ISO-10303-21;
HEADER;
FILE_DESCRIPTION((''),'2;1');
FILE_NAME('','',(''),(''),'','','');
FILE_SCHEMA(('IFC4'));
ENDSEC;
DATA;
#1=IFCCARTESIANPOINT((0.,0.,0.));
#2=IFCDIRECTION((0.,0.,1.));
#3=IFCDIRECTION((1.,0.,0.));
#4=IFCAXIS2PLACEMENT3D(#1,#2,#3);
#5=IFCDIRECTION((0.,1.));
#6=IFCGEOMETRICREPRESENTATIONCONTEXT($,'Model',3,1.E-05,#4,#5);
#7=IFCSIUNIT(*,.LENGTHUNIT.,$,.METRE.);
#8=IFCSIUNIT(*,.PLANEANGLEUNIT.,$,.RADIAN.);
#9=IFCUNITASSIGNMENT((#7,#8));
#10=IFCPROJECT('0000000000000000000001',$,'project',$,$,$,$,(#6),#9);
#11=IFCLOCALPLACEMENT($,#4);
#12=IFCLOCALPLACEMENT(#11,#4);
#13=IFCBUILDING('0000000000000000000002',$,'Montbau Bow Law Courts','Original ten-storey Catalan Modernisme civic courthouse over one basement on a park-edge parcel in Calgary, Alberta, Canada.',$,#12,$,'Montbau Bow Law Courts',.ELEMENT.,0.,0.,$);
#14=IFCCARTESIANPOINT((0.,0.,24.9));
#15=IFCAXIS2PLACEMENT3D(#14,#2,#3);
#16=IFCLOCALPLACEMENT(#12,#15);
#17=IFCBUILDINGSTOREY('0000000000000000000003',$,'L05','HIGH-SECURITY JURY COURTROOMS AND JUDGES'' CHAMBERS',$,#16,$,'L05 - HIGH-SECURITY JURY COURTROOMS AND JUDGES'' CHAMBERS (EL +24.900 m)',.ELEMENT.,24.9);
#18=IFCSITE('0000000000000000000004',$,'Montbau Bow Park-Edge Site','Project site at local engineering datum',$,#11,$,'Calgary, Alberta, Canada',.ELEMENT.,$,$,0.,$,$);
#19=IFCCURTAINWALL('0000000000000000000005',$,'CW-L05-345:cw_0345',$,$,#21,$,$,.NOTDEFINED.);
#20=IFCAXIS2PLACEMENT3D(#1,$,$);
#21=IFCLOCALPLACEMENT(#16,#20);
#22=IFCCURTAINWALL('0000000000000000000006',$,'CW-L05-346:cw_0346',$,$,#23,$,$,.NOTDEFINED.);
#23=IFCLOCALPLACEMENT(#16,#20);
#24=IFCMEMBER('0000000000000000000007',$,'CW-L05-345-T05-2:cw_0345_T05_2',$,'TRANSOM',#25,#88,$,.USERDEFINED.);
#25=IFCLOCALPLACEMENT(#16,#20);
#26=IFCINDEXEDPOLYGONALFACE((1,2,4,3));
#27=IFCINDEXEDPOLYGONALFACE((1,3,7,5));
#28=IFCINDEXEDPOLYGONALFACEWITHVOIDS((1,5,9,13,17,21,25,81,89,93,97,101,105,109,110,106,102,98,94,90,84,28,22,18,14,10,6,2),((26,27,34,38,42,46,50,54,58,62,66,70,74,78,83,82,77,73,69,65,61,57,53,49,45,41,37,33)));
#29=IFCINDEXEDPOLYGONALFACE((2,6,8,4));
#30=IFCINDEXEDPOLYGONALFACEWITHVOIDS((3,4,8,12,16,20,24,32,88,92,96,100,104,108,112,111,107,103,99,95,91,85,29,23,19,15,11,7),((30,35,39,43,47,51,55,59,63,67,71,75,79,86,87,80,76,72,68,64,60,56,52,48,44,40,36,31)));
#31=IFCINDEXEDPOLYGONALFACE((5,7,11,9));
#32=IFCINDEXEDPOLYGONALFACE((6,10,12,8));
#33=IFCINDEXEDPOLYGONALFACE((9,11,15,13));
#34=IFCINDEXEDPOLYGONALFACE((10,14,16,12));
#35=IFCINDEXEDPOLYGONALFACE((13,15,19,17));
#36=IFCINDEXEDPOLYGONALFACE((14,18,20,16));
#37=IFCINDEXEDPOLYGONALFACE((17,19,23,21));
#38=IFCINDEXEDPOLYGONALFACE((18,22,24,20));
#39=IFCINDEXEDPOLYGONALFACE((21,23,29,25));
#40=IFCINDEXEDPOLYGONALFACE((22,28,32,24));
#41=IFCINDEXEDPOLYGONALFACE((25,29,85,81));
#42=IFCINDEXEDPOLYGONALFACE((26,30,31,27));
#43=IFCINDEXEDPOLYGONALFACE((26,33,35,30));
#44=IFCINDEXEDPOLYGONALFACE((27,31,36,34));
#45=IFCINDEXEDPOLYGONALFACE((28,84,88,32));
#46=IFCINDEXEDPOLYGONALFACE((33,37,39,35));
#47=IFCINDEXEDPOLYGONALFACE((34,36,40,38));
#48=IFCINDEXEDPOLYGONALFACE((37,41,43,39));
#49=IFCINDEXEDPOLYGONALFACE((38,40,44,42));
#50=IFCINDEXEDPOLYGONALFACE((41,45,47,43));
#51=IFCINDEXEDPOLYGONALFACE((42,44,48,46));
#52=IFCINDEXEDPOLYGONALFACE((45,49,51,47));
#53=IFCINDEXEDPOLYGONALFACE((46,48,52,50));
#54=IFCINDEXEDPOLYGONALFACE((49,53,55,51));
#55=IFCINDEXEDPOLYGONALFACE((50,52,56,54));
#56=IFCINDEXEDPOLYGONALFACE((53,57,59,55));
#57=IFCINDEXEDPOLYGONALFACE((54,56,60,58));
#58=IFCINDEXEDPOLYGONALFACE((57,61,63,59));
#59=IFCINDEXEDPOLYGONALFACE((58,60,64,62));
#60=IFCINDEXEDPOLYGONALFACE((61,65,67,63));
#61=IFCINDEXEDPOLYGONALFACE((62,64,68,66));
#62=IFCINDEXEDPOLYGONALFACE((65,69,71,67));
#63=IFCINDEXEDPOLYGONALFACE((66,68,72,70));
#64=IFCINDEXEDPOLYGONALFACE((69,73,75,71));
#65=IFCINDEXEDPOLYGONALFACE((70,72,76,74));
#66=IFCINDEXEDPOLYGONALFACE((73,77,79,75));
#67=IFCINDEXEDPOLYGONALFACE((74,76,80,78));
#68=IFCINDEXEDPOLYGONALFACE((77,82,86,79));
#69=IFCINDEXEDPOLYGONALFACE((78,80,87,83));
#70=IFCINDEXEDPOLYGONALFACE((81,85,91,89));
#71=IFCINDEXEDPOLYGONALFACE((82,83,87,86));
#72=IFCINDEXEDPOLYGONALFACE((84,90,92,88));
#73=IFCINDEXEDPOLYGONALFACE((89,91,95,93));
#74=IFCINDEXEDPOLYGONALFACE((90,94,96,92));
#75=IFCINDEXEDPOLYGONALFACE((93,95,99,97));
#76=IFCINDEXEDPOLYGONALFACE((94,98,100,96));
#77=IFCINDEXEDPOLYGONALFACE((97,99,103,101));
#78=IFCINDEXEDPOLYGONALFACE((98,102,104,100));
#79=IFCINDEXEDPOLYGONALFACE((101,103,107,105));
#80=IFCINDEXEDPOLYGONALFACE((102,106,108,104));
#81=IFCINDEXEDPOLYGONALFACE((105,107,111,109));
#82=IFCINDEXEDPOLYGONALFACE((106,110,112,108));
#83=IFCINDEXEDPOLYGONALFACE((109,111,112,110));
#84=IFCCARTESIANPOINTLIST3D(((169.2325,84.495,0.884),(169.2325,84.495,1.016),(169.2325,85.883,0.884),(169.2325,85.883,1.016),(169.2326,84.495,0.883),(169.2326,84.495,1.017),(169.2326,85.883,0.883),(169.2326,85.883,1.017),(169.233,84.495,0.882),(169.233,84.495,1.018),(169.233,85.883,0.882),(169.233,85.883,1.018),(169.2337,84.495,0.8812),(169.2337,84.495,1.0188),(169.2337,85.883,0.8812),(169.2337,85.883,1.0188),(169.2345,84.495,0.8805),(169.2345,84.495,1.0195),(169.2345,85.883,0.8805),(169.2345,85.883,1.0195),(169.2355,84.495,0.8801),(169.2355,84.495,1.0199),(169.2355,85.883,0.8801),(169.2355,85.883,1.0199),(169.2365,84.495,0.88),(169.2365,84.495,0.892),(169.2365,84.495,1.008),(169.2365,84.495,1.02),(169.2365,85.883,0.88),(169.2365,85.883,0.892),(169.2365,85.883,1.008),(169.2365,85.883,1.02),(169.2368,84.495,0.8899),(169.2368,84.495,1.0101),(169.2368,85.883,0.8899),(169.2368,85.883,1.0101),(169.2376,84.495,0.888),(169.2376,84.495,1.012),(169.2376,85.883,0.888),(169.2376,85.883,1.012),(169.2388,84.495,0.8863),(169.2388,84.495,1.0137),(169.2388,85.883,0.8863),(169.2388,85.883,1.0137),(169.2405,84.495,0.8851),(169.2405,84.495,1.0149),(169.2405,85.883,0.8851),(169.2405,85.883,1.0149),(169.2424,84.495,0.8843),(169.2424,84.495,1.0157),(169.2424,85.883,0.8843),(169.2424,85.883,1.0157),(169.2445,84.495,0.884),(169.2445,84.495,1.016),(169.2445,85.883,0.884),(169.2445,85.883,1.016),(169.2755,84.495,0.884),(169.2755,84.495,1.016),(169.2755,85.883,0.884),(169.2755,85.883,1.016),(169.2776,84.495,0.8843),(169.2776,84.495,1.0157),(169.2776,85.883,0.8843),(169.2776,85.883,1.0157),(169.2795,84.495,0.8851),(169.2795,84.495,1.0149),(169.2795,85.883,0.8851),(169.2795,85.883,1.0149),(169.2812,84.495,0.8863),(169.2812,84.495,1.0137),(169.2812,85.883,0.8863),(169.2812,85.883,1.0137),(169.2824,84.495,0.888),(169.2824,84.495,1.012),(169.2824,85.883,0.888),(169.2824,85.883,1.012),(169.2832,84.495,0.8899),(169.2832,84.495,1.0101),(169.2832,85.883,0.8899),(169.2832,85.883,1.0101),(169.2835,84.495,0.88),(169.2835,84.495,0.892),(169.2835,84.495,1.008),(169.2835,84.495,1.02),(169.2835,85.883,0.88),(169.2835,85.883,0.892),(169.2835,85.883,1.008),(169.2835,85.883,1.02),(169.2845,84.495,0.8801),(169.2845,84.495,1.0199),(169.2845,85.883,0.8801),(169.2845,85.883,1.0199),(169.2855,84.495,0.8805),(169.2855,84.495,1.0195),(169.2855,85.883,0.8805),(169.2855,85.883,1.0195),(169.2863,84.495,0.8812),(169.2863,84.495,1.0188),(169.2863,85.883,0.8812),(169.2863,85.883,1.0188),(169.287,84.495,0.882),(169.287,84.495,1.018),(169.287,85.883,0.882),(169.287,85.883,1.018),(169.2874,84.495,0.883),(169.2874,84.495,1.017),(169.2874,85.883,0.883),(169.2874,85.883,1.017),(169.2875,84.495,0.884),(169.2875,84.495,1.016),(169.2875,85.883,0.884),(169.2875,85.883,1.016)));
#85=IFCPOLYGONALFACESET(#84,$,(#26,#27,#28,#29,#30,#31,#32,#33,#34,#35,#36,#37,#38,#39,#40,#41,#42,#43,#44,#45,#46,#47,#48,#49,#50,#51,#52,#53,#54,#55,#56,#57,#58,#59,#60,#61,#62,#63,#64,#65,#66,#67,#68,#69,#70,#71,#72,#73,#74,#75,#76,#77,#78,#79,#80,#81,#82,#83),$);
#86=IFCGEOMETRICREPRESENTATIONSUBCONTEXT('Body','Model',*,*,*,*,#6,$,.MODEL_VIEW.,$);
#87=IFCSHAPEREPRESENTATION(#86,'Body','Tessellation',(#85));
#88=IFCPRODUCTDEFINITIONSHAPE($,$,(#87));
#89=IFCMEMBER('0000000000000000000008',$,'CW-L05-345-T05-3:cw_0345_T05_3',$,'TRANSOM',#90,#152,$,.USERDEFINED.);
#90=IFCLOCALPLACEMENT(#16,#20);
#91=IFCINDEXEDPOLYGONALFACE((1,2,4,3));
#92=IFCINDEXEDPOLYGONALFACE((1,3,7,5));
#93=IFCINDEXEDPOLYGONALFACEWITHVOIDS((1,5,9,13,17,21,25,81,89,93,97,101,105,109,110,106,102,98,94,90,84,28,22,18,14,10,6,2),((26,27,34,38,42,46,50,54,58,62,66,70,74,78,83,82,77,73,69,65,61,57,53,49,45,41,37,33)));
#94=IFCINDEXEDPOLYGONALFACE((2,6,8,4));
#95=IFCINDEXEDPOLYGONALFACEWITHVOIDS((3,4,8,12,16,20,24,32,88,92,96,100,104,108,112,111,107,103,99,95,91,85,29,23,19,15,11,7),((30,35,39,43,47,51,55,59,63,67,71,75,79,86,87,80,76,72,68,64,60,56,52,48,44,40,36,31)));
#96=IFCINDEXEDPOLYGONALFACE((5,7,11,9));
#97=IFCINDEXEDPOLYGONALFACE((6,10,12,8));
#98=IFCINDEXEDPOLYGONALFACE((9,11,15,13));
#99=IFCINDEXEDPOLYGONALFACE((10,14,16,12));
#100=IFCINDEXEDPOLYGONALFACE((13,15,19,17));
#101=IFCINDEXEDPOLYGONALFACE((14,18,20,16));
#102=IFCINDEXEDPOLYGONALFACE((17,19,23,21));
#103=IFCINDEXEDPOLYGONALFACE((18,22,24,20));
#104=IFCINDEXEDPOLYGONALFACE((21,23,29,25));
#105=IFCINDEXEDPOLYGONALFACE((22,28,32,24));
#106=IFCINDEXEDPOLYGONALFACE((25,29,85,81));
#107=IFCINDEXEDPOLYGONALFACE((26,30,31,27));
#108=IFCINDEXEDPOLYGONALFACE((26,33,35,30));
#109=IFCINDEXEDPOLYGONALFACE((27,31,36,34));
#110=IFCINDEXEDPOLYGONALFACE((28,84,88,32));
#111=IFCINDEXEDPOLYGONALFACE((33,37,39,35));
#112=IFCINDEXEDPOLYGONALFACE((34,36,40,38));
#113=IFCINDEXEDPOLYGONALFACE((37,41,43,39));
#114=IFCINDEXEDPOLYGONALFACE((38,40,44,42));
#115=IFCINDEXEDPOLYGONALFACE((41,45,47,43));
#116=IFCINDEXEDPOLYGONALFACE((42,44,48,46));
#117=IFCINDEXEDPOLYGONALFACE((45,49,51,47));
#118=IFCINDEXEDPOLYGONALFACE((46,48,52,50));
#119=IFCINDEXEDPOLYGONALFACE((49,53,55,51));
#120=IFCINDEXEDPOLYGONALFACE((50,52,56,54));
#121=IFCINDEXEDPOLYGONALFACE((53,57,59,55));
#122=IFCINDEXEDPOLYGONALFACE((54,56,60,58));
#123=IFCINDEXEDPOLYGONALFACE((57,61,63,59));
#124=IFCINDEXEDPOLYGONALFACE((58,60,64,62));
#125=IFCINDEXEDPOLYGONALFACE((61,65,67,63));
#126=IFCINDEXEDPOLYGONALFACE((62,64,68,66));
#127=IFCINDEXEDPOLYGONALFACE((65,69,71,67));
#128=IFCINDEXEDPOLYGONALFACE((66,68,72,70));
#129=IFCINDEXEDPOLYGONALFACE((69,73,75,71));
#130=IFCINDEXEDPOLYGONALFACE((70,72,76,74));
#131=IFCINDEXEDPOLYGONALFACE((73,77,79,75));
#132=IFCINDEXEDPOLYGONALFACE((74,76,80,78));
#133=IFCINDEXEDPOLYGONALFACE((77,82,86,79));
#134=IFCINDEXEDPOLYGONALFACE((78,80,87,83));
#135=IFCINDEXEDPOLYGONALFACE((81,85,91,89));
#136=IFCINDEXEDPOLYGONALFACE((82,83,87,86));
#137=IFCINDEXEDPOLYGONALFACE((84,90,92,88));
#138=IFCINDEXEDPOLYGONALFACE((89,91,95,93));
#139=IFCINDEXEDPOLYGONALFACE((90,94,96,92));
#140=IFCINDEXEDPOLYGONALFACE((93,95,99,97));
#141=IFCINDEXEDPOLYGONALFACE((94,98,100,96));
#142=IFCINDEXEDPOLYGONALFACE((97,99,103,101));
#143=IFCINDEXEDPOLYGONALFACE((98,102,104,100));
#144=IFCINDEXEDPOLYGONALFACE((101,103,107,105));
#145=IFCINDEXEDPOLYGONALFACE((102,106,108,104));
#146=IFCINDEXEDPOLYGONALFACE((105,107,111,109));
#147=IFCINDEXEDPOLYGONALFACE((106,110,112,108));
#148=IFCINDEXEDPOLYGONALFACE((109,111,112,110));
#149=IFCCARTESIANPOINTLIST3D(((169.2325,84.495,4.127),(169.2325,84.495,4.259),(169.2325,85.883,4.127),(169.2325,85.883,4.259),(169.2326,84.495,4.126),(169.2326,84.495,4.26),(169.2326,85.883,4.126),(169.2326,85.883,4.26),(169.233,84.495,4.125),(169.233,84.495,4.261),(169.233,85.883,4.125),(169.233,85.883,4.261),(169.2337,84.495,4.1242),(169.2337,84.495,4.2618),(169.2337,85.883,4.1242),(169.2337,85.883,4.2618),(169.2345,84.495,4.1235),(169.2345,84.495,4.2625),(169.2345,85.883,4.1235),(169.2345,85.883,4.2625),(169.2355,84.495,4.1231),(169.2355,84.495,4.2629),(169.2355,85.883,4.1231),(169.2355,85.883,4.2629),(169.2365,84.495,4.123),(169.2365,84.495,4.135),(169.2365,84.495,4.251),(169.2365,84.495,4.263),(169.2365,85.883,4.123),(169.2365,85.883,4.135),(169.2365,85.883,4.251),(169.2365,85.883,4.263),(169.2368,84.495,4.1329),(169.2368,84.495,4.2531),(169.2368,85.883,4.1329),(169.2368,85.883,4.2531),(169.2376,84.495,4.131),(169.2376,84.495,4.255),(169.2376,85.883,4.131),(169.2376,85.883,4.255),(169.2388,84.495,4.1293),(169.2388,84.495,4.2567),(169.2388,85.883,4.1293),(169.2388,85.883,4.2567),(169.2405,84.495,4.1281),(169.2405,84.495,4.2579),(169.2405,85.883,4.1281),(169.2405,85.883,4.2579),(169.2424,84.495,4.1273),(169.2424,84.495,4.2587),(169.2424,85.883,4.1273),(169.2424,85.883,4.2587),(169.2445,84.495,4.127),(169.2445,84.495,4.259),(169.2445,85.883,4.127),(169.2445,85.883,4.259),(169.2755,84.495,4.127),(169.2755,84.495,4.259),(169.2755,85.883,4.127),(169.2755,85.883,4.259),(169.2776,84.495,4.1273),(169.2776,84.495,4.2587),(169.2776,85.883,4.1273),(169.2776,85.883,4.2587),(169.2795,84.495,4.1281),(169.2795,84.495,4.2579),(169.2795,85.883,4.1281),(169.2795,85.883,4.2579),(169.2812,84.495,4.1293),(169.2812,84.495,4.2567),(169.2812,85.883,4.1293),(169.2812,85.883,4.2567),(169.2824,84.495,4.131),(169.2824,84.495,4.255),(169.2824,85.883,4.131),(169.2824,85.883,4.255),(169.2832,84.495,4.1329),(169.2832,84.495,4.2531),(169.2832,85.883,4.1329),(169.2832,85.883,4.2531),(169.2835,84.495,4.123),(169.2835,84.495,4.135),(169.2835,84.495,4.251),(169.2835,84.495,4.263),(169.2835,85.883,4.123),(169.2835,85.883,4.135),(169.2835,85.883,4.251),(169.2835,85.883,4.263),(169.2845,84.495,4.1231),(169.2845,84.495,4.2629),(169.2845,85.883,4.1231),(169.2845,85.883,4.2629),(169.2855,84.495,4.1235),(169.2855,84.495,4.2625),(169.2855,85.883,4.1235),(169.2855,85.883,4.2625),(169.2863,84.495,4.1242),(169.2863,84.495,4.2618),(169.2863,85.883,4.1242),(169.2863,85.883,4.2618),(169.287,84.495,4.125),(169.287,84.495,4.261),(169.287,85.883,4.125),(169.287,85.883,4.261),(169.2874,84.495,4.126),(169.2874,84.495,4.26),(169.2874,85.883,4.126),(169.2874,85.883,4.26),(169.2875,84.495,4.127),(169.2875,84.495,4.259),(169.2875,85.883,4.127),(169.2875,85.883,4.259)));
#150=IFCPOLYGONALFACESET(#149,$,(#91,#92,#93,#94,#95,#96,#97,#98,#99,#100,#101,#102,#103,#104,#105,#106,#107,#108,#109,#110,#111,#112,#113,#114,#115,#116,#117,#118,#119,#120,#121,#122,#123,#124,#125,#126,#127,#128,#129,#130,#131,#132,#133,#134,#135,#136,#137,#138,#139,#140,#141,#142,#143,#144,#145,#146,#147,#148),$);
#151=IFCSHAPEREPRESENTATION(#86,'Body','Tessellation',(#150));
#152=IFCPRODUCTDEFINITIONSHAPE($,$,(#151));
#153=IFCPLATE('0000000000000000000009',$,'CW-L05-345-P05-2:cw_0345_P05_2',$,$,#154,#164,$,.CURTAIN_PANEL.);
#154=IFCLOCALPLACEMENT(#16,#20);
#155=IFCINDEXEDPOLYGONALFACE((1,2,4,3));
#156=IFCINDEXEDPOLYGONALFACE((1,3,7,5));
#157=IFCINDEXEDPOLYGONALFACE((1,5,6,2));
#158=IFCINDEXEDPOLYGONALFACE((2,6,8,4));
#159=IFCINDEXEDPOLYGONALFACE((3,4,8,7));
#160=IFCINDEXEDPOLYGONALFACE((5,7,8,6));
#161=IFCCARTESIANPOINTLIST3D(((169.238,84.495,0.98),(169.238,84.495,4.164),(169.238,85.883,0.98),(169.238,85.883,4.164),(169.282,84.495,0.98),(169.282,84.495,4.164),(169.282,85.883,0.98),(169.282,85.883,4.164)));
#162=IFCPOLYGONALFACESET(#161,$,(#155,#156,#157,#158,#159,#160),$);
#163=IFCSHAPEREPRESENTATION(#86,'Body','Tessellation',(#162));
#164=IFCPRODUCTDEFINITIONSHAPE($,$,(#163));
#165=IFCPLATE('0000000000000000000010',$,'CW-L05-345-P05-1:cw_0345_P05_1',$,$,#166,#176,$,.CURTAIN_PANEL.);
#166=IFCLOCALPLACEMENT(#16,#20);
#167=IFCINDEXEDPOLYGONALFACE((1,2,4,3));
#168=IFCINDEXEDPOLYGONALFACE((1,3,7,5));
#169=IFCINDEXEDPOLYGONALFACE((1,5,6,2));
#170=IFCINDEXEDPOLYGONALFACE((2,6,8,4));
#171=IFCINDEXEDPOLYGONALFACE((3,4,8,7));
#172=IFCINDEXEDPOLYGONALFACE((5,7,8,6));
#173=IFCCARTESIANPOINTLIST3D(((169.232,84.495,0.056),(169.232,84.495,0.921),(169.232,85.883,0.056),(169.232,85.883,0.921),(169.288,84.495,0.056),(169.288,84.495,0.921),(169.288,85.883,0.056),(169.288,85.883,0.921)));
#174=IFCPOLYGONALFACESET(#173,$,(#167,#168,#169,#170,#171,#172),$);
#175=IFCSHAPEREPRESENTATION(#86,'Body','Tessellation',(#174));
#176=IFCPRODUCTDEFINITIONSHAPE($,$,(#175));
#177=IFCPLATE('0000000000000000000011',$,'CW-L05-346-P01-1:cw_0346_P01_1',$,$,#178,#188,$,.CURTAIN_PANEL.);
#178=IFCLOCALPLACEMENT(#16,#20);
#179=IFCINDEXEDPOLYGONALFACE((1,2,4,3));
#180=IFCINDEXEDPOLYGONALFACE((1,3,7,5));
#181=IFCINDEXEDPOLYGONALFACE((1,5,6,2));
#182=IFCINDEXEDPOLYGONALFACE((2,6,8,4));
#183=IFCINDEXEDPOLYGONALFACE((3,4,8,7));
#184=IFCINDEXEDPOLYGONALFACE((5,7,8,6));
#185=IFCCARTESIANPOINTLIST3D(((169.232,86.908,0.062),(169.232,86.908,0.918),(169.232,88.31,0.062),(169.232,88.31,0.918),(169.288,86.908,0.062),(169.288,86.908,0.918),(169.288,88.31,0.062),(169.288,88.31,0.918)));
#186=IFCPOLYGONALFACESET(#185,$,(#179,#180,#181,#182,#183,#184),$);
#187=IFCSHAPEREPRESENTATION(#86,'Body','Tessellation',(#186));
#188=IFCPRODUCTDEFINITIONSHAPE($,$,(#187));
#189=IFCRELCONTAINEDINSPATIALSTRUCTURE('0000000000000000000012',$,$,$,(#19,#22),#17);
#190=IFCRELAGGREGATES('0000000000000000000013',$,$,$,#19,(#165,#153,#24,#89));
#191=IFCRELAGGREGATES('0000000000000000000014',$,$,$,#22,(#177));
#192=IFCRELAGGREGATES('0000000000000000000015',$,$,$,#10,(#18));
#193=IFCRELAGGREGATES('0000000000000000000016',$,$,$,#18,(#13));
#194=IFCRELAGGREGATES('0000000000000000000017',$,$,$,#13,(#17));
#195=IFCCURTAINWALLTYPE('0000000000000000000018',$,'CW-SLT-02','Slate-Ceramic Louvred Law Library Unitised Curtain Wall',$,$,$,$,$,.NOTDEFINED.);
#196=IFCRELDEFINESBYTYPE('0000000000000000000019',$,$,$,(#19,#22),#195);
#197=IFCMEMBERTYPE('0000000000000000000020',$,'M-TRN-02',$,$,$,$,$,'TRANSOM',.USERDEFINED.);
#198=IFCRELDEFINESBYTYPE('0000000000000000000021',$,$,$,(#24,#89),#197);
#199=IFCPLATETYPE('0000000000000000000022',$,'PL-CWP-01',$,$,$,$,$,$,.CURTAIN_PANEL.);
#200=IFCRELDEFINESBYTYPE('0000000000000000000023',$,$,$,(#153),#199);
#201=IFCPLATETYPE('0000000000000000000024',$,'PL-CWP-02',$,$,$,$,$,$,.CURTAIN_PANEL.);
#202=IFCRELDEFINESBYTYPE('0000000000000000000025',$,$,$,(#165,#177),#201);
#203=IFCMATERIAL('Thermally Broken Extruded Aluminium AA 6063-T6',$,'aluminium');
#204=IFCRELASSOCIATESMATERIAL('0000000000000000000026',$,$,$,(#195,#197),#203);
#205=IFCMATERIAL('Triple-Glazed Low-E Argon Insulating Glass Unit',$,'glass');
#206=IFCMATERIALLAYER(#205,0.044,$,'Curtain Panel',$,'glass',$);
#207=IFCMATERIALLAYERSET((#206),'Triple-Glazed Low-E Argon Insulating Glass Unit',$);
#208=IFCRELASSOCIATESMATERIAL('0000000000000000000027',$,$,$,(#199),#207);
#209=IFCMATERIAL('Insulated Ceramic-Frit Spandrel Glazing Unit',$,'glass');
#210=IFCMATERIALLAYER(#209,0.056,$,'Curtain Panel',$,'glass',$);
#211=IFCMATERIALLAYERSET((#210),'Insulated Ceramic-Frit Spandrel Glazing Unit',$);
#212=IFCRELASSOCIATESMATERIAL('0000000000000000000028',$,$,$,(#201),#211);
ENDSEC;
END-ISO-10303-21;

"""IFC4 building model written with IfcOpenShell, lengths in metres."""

from ifc_helpers import new_model, si_unit, direction, frame, frame_2d, origin_with_axes, origin_2d_with_axis, place, context, subcontext, project, spatial, rectangle, hollow_rectangle, extrude, material, layer, layer_set, material_profile, profile_set, type_object, element, aggregate, save


model = new_model("IFC4")

# Units and contexts
model_context = context("Model", 3, precision=1e-05, world=origin_with_axes(), true_north=direction((0.0, 1.0)))
body_context = subcontext(model_context, "Body", "Model", "MODEL_VIEW")
ifc_project = project(units=[si_unit("LENGTHUNIT", "METRE"), si_unit("PLANEANGLEUNIT", "RADIAN")], contexts=[model_context])

# Site, building, storey
site_placement = place(None, origin_with_axes())
site = spatial("IfcSite", under=ifc_project, at=site_placement, Name="Montbau Bow Park-Edge Site", Description="Project site at local engineering datum", LongName="Calgary, Alberta, Canada", CompositionType="ELEMENT", RefElevation=0.0)
building_placement = place(site_placement, origin_with_axes())
building = spatial("IfcBuilding", under=site, at=building_placement, Name="Montbau Bow Law Courts", Description="Original ten-storey Catalan Modernisme civic courthouse over one basement on a park-edge parcel in Calgary, Alberta, Canada.", LongName="Montbau Bow Law Courts", CompositionType="ELEMENT", ElevationOfRefHeight=0.0, ElevationOfTerrain=0.0)
storey_placement = place(building_placement, frame((0.0, 0.0, 24.9), z_axis=(0.0, 0.0, 1.0), x_axis=(1.0, 0.0, 0.0)))
storey = spatial("IfcBuildingStorey", under=building, at=storey_placement, Name="L05", Description="HIGH-SECURITY JURY COURTROOMS AND JUDGES' CHAMBERS", LongName="L05 - HIGH-SECURITY JURY COURTROOMS AND JUDGES' CHAMBERS (EL +24.900 m)", CompositionType="ELEMENT", Elevation=24.9)

# Curtain wall
ifc_material_1 = material(Name="Thermally Broken Extruded Aluminium AA 6063-T6", Category="aluminium")
curtain_wall_type = type_object("IfcCurtainWallType", Name="CW-SLT-02", Description="Slate-Ceramic Louvred Law Library Unitised Curtain Wall", PredefinedType="NOTDEFINED", material=ifc_material_1)
curtain_wall_1_placement = place(None, frame((169.26, 78.44, 24.9), z_axis=(0.0, 0.0, 1.0), x_axis=(1.0, 0.0, 0.0)))
curtain_wall_1 = element("IfcCurtainWall", 1, at=curtain_wall_1_placement, inside=storey, type_object=curtain_wall_type, Name="CW-L05-345:cw_0345", PredefinedType="NOTDEFINED")

# Curtain wall
curtain_wall_2_placement = place(None, frame((169.26, 86.84, 24.9), z_axis=(0.0, 0.0, 1.0), x_axis=(1.0, 0.0, 0.0)))
curtain_wall_2 = element("IfcCurtainWall", 2, at=curtain_wall_2_placement, inside=storey, type_object=curtain_wall_type, Name="CW-L05-346:cw_0346", PredefinedType="NOTDEFINED")

# Members
ifc_material_profile_1 = material_profile(ifc_material_1, hollow_rectangle(XDim=0.055, YDim=0.14, WallThickness=0.004, InnerFilletRadius=0.008, OuterFilletRadius=0.004, at=origin_2d_with_axis()), Name="CWT-140X55", Category="Main", Priority=0)
ifc_profile_set_1 = profile_set([ifc_material_profile_1], Name="Thermally Broken Extruded Aluminium AA 6063-T6")
member_type_1 = type_object("IfcMemberType", Name="M-TRN-02", ElementType="TRANSOM", PredefinedType="USERDEFINED", material=ifc_profile_set_1)
member_1_placement = place(None, frame((169.26, 84.495, 25.85), z_axis=(0.0, 1.0, 0.0), x_axis=(-1.0, 0.0, 0.0)))
member_1 = element("IfcMember", 3, at=member_1_placement, type_object=member_type_1, Name="CW-L05-345-T05-2:cw_0345_T05_2", ObjectType="TRANSOM", PredefinedType="USERDEFINED", context=body_context, shape_type="SweptSolid", body=[
    extrude(hollow_rectangle(XDim=0.055, YDim=0.14, WallThickness=0.004, InnerFilletRadius=0.008, OuterFilletRadius=0.004, at=origin_2d_with_axis()), origin_with_axes(), (0.0, 0.0, 1.0), 1.388),
])
member_2_placement = place(None, frame((169.26, 84.495, 29.093), z_axis=(0.0, 1.0, 0.0), x_axis=(-1.0, 0.0, 0.0)))
member_2 = element("IfcMember", 4, at=member_2_placement, type_object=member_type_1, Name="CW-L05-345-T05-3:cw_0345_T05_3", ObjectType="TRANSOM", PredefinedType="USERDEFINED", context=body_context, shape_type="SweptSolid", body=[
    extrude(hollow_rectangle(XDim=0.055, YDim=0.14, WallThickness=0.004, InnerFilletRadius=0.008, OuterFilletRadius=0.004, at=origin_2d_with_axis()), origin_with_axes(), (0.0, 0.0, 1.0), 1.388),
])

# Plates
ifc_material_2 = material(Name="Triple-Glazed Low-E Argon Insulating Glass Unit", Category="glass")
ifc_layer_1 = layer(ifc_material_2, 0.044, Name="Curtain Panel", Category="glass")
ifc_layer_set_1 = layer_set([ifc_layer_1], Name="Triple-Glazed Low-E Argon Insulating Glass Unit")
plate_type_1 = type_object("IfcPlateType", Name="PL-CWP-01", PredefinedType="CURTAIN_PANEL", material=ifc_layer_set_1)
plate_1_placement = place(None, frame((169.26, 84.495, 25.88), z_axis=(1.0, 0.0, 0.0), x_axis=(0.0, 1.0, 0.0)))
plate_1 = element("IfcPlate", 5, at=plate_1_placement, type_object=plate_type_1, Name="CW-L05-345-P05-2:cw_0345_P05_2", PredefinedType="CURTAIN_PANEL", context=body_context, shape_type="SweptSolid", body=[
    extrude(rectangle(XDim=1.388, YDim=3.184, at=frame_2d((0.694, 1.592), x_axis=(1.0, 0.0))), frame((0.0, 0.0, -0.022), z_axis=(0.0, 0.0, 1.0), x_axis=(1.0, 0.0, 0.0)), (0.0, 0.0, 1.0), 0.044),
])
ifc_material_3 = material(Name="Insulated Ceramic-Frit Spandrel Glazing Unit", Category="glass")
ifc_layer_2 = layer(ifc_material_3, 0.056, Name="Curtain Panel", Category="glass")
ifc_layer_set_2 = layer_set([ifc_layer_2], Name="Insulated Ceramic-Frit Spandrel Glazing Unit")
plate_type_2 = type_object("IfcPlateType", Name="PL-CWP-02", PredefinedType="CURTAIN_PANEL", material=ifc_layer_set_2)
plate_2_placement = place(None, frame((169.26, 84.495, 24.956), z_axis=(1.0, 0.0, 0.0), x_axis=(0.0, 1.0, 0.0)))
plate_2 = element("IfcPlate", 6, at=plate_2_placement, type_object=plate_type_2, Name="CW-L05-345-P05-1:cw_0345_P05_1", PredefinedType="CURTAIN_PANEL", context=body_context, shape_type="SweptSolid", body=[
    extrude(rectangle(XDim=1.388, YDim=0.865, at=frame_2d((0.694, 0.4325), x_axis=(1.0, 0.0))), frame((0.0, 0.0, -0.028), z_axis=(0.0, 0.0, 1.0), x_axis=(1.0, 0.0, 0.0)), (0.0, 0.0, 1.0), 0.056),
])
aggregate(curtain_wall_1, [plate_2, plate_1, member_1, member_2])
plate_3_placement = place(None, frame((169.26, 86.908, 24.962), z_axis=(1.0, 0.0, 0.0), x_axis=(0.0, 1.0, 0.0)))
plate_3 = element("IfcPlate", 7, at=plate_3_placement, type_object=plate_type_2, Name="CW-L05-346-P01-1:cw_0346_P01_1", PredefinedType="CURTAIN_PANEL", context=body_context, shape_type="SweptSolid", body=[
    extrude(rectangle(XDim=1.402, YDim=0.856, at=frame_2d((0.701, 0.428), x_axis=(1.0, 0.0))), frame((0.0, 0.0, -0.028), z_axis=(0.0, 0.0, 1.0), x_axis=(1.0, 0.0, 0.0)), (0.0, 0.0, 1.0), 0.056),
])
aggregate(curtain_wall_2, [plate_3])

save(model, "model.ifc")
